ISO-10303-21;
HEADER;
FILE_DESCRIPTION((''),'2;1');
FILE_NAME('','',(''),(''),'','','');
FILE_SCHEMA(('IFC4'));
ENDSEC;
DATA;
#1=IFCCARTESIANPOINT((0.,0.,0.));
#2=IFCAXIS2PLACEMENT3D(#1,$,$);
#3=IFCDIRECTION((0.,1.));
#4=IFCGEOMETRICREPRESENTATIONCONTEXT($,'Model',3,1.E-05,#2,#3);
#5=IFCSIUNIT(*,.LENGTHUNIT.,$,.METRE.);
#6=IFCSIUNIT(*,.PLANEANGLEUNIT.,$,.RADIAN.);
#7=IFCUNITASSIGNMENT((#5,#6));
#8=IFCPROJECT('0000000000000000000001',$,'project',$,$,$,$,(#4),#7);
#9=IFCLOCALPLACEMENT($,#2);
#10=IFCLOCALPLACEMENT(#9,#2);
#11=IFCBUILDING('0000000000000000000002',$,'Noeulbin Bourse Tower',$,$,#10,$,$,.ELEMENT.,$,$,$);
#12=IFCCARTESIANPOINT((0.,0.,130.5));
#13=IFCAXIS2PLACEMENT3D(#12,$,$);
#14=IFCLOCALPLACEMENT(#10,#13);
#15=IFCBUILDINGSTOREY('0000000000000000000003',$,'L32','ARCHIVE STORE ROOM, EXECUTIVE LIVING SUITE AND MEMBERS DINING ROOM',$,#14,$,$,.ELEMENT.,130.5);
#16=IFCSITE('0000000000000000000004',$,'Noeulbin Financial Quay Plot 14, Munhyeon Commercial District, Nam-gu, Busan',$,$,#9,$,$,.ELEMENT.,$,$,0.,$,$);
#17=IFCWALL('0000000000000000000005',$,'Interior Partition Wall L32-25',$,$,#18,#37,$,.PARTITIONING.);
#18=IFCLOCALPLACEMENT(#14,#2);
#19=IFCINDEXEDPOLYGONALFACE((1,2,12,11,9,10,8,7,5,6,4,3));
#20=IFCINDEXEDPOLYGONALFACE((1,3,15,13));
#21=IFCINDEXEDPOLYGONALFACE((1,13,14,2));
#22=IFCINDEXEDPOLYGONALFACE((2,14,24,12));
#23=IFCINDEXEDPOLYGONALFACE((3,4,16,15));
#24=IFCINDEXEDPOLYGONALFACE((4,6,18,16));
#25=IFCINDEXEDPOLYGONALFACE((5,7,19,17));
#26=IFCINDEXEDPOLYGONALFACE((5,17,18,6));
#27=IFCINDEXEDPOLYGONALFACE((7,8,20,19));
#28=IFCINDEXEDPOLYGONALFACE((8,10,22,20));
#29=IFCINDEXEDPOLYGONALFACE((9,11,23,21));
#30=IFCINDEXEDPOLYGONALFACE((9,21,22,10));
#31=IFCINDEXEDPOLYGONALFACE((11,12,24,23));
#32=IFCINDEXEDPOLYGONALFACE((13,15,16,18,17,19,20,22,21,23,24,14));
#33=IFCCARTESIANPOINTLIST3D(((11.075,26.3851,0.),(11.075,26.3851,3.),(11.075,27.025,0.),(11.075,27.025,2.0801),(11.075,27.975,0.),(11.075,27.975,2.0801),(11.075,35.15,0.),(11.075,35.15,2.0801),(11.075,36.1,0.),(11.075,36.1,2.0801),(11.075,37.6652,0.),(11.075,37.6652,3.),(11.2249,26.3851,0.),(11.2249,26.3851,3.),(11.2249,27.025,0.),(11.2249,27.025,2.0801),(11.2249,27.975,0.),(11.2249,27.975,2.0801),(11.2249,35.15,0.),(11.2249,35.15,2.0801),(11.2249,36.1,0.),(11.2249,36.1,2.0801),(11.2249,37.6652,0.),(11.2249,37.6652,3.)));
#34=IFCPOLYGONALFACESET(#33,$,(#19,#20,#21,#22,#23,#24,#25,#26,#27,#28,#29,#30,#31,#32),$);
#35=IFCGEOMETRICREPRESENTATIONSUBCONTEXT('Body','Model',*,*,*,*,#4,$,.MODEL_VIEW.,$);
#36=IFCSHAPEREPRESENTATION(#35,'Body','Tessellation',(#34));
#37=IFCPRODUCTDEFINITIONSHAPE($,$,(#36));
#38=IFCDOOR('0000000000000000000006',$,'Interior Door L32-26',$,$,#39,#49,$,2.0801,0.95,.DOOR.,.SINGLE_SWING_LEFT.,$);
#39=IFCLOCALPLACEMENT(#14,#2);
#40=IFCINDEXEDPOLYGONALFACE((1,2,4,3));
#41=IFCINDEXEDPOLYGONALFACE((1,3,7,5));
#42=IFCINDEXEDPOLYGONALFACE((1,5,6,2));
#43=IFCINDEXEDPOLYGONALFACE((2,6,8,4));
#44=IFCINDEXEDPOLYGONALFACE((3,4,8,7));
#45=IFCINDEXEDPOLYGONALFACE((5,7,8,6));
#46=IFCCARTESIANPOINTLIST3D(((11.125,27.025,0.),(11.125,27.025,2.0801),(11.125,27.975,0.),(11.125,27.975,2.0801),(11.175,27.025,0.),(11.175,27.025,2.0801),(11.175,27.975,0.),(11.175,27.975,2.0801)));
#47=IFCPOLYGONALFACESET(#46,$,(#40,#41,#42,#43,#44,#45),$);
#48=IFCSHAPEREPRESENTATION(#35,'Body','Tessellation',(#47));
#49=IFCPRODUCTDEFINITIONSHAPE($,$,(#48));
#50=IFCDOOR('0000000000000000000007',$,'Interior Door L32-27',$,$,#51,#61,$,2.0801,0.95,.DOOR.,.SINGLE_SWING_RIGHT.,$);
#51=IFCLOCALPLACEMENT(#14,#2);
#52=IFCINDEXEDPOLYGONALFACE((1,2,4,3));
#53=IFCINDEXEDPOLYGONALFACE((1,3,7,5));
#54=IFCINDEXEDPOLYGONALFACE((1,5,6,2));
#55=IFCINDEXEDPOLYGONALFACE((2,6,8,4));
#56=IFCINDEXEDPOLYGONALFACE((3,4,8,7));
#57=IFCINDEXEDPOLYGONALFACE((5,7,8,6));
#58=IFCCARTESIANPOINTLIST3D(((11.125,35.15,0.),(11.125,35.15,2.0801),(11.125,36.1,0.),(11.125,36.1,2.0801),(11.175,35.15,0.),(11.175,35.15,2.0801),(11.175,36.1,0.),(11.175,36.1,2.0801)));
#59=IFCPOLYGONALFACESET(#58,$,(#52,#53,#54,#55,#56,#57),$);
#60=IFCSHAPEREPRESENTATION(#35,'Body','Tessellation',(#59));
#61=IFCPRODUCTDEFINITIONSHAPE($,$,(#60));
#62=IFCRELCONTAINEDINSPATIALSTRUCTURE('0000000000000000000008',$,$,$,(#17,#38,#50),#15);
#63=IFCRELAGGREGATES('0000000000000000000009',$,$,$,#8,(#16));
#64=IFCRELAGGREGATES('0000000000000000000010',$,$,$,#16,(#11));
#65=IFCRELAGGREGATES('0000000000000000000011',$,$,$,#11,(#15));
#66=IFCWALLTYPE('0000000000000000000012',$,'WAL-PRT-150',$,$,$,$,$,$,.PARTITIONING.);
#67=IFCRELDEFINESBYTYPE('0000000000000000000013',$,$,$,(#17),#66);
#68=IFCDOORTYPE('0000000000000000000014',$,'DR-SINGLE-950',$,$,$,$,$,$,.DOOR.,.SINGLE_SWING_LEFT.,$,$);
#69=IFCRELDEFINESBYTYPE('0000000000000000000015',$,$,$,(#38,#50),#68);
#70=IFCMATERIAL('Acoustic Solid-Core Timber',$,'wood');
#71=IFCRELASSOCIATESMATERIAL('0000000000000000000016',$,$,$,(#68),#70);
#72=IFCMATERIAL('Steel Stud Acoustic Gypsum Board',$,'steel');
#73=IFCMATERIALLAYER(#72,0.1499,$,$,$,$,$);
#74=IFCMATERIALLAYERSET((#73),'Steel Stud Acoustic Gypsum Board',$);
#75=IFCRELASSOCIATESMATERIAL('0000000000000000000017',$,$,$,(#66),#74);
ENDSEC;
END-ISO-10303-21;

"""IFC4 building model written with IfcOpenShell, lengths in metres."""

from ifc_helpers import new_model, si_unit, direction, frame, frame_2d, origin, place, context, subcontext, project, spatial, rectangle, extrude, material, layer, layer_set, type_object, element, fill, save


model = new_model("IFC4")

# Units and contexts
model_context = context("Model", 3, precision=1e-05, world=origin(), true_north=direction((0.0, 1.0)))
body_context = subcontext(model_context, "Body", "Model", "MODEL_VIEW")
ifc_project = project(units=[si_unit("LENGTHUNIT", "METRE"), si_unit("PLANEANGLEUNIT", "RADIAN")], contexts=[model_context])

# Site, building, storey
site_placement = place(None, origin())
site = spatial("IfcSite", under=ifc_project, at=site_placement, Name="Noeulbin Financial Quay Plot 14, Munhyeon Commercial District, Nam-gu, Busan", CompositionType="ELEMENT", RefElevation=0.0)
building_placement = place(site_placement, origin())
building = spatial("IfcBuilding", under=site, at=building_placement, Name="Noeulbin Bourse Tower", CompositionType="ELEMENT")
storey_placement = place(building_placement, frame((0.0, 0.0, 130.5)))
storey = spatial("IfcBuildingStorey", under=building, at=storey_placement, Name="L32", Description="ARCHIVE STORE ROOM, EXECUTIVE LIVING SUITE AND MEMBERS DINING ROOM", CompositionType="ELEMENT", Elevation=130.5)

# Shared definitions
ifc_material_1 = material(Name="Acoustic Solid-Core Timber", Category="wood")
door_type_1 = type_object("IfcDoorType", Name="DR-SINGLE-950", OperationType="SINGLE_SWING_LEFT", PredefinedType="DOOR", material=ifc_material_1)

# Wall, openings, doors
ifc_material_2 = material(Name="Steel Stud Acoustic Gypsum Board", Category="steel")
ifc_layer_1 = layer(ifc_material_2, 0.1499)
ifc_layer_set_1 = layer_set([ifc_layer_1], Name="Steel Stud Acoustic Gypsum Board")
wall_type_1 = type_object("IfcWallType", Name="WAL-PRT-150", PredefinedType="PARTITIONING", material=ifc_layer_set_1)
wall_1_placement = place(storey_placement, frame((11.1499, 26.385, 0.0), z_axis=(0.0, 0.0, 1.0), x_axis=(0.0, 1.0, 0.0)))
wall_1 = element("IfcWall", 1, at=wall_1_placement, inside=storey, type_object=wall_type_1, Name="Interior Partition Wall L32-25", PredefinedType="PARTITIONING", context=body_context, shape_type="SweptSolid", body=[
    extrude(rectangle(XDim=11.28, YDim=0.1499, at=frame_2d((5.6401, 0.0))), origin(), (0.0, 0.0, 1.0), 3.0),
])
opening_1_placement = place(wall_1_placement, frame((0.6399, 0.0, 0.0)))
opening_1 = element("IfcOpeningElement", 2, at=opening_1_placement, cuts=wall_1, PredefinedType="OPENING", context=body_context, shape_type="SweptSolid", body=[
    extrude(rectangle(XDim=0.95, YDim=2.0801, at=frame_2d((0.4751, 1.04))), frame((0.0, 0.085, 0.0), z_axis=(0.0, -1.0, 0.0), x_axis=(1.0, 0.0, 0.0)), (0.0, 0.0, 1.0), 0.1699),
])
opening_2_placement = place(wall_1_placement, frame((8.7649, 0.0, 0.0)))
opening_2 = element("IfcOpeningElement", 3, at=opening_2_placement, cuts=wall_1, PredefinedType="OPENING", context=body_context, shape_type="SweptSolid", body=[
    extrude(rectangle(XDim=0.95, YDim=2.0801, at=frame_2d((0.4751, 1.04))), frame((0.0, 0.085, 0.0), z_axis=(0.0, -1.0, 0.0), x_axis=(1.0, 0.0, 0.0)), (0.0, 0.0, 1.0), 0.1699),
])
door_1_placement = place(opening_1_placement, origin())
door_1 = element("IfcDoor", 4, at=door_1_placement, inside=storey, type_object=door_type_1, Name="Interior Door L32-26", OperationType="SINGLE_SWING_LEFT", OverallHeight=2.0801, OverallWidth=0.95, PredefinedType="DOOR", context=body_context, shape_type="SweptSolid", body=[
    extrude(rectangle(XDim=0.95, YDim=2.0801, at=frame_2d((0.4751, 1.04))), frame((0.0, 0.0249, 0.0), z_axis=(0.0, -1.0, 0.0), x_axis=(1.0, 0.0, 0.0)), (0.0, 0.0, 1.0), 0.05),
])
fill(opening_1, door_1)
door_2_placement = place(opening_2_placement, origin())
door_2 = element("IfcDoor", 5, at=door_2_placement, inside=storey, type_object=door_type_1, Name="Interior Door L32-27", OperationType="SINGLE_SWING_RIGHT", OverallHeight=2.0801, OverallWidth=0.95, PredefinedType="DOOR", context=body_context, shape_type="SweptSolid", body=[
    extrude(rectangle(XDim=0.95, YDim=2.0801, at=frame_2d((0.4751, 1.04))), frame((0.0, 0.0249, 0.0), z_axis=(0.0, -1.0, 0.0), x_axis=(1.0, 0.0, 0.0)), (0.0, 0.0, 1.0), 0.05),
])
fill(opening_2, door_2)

save(model, "model.ifc")
